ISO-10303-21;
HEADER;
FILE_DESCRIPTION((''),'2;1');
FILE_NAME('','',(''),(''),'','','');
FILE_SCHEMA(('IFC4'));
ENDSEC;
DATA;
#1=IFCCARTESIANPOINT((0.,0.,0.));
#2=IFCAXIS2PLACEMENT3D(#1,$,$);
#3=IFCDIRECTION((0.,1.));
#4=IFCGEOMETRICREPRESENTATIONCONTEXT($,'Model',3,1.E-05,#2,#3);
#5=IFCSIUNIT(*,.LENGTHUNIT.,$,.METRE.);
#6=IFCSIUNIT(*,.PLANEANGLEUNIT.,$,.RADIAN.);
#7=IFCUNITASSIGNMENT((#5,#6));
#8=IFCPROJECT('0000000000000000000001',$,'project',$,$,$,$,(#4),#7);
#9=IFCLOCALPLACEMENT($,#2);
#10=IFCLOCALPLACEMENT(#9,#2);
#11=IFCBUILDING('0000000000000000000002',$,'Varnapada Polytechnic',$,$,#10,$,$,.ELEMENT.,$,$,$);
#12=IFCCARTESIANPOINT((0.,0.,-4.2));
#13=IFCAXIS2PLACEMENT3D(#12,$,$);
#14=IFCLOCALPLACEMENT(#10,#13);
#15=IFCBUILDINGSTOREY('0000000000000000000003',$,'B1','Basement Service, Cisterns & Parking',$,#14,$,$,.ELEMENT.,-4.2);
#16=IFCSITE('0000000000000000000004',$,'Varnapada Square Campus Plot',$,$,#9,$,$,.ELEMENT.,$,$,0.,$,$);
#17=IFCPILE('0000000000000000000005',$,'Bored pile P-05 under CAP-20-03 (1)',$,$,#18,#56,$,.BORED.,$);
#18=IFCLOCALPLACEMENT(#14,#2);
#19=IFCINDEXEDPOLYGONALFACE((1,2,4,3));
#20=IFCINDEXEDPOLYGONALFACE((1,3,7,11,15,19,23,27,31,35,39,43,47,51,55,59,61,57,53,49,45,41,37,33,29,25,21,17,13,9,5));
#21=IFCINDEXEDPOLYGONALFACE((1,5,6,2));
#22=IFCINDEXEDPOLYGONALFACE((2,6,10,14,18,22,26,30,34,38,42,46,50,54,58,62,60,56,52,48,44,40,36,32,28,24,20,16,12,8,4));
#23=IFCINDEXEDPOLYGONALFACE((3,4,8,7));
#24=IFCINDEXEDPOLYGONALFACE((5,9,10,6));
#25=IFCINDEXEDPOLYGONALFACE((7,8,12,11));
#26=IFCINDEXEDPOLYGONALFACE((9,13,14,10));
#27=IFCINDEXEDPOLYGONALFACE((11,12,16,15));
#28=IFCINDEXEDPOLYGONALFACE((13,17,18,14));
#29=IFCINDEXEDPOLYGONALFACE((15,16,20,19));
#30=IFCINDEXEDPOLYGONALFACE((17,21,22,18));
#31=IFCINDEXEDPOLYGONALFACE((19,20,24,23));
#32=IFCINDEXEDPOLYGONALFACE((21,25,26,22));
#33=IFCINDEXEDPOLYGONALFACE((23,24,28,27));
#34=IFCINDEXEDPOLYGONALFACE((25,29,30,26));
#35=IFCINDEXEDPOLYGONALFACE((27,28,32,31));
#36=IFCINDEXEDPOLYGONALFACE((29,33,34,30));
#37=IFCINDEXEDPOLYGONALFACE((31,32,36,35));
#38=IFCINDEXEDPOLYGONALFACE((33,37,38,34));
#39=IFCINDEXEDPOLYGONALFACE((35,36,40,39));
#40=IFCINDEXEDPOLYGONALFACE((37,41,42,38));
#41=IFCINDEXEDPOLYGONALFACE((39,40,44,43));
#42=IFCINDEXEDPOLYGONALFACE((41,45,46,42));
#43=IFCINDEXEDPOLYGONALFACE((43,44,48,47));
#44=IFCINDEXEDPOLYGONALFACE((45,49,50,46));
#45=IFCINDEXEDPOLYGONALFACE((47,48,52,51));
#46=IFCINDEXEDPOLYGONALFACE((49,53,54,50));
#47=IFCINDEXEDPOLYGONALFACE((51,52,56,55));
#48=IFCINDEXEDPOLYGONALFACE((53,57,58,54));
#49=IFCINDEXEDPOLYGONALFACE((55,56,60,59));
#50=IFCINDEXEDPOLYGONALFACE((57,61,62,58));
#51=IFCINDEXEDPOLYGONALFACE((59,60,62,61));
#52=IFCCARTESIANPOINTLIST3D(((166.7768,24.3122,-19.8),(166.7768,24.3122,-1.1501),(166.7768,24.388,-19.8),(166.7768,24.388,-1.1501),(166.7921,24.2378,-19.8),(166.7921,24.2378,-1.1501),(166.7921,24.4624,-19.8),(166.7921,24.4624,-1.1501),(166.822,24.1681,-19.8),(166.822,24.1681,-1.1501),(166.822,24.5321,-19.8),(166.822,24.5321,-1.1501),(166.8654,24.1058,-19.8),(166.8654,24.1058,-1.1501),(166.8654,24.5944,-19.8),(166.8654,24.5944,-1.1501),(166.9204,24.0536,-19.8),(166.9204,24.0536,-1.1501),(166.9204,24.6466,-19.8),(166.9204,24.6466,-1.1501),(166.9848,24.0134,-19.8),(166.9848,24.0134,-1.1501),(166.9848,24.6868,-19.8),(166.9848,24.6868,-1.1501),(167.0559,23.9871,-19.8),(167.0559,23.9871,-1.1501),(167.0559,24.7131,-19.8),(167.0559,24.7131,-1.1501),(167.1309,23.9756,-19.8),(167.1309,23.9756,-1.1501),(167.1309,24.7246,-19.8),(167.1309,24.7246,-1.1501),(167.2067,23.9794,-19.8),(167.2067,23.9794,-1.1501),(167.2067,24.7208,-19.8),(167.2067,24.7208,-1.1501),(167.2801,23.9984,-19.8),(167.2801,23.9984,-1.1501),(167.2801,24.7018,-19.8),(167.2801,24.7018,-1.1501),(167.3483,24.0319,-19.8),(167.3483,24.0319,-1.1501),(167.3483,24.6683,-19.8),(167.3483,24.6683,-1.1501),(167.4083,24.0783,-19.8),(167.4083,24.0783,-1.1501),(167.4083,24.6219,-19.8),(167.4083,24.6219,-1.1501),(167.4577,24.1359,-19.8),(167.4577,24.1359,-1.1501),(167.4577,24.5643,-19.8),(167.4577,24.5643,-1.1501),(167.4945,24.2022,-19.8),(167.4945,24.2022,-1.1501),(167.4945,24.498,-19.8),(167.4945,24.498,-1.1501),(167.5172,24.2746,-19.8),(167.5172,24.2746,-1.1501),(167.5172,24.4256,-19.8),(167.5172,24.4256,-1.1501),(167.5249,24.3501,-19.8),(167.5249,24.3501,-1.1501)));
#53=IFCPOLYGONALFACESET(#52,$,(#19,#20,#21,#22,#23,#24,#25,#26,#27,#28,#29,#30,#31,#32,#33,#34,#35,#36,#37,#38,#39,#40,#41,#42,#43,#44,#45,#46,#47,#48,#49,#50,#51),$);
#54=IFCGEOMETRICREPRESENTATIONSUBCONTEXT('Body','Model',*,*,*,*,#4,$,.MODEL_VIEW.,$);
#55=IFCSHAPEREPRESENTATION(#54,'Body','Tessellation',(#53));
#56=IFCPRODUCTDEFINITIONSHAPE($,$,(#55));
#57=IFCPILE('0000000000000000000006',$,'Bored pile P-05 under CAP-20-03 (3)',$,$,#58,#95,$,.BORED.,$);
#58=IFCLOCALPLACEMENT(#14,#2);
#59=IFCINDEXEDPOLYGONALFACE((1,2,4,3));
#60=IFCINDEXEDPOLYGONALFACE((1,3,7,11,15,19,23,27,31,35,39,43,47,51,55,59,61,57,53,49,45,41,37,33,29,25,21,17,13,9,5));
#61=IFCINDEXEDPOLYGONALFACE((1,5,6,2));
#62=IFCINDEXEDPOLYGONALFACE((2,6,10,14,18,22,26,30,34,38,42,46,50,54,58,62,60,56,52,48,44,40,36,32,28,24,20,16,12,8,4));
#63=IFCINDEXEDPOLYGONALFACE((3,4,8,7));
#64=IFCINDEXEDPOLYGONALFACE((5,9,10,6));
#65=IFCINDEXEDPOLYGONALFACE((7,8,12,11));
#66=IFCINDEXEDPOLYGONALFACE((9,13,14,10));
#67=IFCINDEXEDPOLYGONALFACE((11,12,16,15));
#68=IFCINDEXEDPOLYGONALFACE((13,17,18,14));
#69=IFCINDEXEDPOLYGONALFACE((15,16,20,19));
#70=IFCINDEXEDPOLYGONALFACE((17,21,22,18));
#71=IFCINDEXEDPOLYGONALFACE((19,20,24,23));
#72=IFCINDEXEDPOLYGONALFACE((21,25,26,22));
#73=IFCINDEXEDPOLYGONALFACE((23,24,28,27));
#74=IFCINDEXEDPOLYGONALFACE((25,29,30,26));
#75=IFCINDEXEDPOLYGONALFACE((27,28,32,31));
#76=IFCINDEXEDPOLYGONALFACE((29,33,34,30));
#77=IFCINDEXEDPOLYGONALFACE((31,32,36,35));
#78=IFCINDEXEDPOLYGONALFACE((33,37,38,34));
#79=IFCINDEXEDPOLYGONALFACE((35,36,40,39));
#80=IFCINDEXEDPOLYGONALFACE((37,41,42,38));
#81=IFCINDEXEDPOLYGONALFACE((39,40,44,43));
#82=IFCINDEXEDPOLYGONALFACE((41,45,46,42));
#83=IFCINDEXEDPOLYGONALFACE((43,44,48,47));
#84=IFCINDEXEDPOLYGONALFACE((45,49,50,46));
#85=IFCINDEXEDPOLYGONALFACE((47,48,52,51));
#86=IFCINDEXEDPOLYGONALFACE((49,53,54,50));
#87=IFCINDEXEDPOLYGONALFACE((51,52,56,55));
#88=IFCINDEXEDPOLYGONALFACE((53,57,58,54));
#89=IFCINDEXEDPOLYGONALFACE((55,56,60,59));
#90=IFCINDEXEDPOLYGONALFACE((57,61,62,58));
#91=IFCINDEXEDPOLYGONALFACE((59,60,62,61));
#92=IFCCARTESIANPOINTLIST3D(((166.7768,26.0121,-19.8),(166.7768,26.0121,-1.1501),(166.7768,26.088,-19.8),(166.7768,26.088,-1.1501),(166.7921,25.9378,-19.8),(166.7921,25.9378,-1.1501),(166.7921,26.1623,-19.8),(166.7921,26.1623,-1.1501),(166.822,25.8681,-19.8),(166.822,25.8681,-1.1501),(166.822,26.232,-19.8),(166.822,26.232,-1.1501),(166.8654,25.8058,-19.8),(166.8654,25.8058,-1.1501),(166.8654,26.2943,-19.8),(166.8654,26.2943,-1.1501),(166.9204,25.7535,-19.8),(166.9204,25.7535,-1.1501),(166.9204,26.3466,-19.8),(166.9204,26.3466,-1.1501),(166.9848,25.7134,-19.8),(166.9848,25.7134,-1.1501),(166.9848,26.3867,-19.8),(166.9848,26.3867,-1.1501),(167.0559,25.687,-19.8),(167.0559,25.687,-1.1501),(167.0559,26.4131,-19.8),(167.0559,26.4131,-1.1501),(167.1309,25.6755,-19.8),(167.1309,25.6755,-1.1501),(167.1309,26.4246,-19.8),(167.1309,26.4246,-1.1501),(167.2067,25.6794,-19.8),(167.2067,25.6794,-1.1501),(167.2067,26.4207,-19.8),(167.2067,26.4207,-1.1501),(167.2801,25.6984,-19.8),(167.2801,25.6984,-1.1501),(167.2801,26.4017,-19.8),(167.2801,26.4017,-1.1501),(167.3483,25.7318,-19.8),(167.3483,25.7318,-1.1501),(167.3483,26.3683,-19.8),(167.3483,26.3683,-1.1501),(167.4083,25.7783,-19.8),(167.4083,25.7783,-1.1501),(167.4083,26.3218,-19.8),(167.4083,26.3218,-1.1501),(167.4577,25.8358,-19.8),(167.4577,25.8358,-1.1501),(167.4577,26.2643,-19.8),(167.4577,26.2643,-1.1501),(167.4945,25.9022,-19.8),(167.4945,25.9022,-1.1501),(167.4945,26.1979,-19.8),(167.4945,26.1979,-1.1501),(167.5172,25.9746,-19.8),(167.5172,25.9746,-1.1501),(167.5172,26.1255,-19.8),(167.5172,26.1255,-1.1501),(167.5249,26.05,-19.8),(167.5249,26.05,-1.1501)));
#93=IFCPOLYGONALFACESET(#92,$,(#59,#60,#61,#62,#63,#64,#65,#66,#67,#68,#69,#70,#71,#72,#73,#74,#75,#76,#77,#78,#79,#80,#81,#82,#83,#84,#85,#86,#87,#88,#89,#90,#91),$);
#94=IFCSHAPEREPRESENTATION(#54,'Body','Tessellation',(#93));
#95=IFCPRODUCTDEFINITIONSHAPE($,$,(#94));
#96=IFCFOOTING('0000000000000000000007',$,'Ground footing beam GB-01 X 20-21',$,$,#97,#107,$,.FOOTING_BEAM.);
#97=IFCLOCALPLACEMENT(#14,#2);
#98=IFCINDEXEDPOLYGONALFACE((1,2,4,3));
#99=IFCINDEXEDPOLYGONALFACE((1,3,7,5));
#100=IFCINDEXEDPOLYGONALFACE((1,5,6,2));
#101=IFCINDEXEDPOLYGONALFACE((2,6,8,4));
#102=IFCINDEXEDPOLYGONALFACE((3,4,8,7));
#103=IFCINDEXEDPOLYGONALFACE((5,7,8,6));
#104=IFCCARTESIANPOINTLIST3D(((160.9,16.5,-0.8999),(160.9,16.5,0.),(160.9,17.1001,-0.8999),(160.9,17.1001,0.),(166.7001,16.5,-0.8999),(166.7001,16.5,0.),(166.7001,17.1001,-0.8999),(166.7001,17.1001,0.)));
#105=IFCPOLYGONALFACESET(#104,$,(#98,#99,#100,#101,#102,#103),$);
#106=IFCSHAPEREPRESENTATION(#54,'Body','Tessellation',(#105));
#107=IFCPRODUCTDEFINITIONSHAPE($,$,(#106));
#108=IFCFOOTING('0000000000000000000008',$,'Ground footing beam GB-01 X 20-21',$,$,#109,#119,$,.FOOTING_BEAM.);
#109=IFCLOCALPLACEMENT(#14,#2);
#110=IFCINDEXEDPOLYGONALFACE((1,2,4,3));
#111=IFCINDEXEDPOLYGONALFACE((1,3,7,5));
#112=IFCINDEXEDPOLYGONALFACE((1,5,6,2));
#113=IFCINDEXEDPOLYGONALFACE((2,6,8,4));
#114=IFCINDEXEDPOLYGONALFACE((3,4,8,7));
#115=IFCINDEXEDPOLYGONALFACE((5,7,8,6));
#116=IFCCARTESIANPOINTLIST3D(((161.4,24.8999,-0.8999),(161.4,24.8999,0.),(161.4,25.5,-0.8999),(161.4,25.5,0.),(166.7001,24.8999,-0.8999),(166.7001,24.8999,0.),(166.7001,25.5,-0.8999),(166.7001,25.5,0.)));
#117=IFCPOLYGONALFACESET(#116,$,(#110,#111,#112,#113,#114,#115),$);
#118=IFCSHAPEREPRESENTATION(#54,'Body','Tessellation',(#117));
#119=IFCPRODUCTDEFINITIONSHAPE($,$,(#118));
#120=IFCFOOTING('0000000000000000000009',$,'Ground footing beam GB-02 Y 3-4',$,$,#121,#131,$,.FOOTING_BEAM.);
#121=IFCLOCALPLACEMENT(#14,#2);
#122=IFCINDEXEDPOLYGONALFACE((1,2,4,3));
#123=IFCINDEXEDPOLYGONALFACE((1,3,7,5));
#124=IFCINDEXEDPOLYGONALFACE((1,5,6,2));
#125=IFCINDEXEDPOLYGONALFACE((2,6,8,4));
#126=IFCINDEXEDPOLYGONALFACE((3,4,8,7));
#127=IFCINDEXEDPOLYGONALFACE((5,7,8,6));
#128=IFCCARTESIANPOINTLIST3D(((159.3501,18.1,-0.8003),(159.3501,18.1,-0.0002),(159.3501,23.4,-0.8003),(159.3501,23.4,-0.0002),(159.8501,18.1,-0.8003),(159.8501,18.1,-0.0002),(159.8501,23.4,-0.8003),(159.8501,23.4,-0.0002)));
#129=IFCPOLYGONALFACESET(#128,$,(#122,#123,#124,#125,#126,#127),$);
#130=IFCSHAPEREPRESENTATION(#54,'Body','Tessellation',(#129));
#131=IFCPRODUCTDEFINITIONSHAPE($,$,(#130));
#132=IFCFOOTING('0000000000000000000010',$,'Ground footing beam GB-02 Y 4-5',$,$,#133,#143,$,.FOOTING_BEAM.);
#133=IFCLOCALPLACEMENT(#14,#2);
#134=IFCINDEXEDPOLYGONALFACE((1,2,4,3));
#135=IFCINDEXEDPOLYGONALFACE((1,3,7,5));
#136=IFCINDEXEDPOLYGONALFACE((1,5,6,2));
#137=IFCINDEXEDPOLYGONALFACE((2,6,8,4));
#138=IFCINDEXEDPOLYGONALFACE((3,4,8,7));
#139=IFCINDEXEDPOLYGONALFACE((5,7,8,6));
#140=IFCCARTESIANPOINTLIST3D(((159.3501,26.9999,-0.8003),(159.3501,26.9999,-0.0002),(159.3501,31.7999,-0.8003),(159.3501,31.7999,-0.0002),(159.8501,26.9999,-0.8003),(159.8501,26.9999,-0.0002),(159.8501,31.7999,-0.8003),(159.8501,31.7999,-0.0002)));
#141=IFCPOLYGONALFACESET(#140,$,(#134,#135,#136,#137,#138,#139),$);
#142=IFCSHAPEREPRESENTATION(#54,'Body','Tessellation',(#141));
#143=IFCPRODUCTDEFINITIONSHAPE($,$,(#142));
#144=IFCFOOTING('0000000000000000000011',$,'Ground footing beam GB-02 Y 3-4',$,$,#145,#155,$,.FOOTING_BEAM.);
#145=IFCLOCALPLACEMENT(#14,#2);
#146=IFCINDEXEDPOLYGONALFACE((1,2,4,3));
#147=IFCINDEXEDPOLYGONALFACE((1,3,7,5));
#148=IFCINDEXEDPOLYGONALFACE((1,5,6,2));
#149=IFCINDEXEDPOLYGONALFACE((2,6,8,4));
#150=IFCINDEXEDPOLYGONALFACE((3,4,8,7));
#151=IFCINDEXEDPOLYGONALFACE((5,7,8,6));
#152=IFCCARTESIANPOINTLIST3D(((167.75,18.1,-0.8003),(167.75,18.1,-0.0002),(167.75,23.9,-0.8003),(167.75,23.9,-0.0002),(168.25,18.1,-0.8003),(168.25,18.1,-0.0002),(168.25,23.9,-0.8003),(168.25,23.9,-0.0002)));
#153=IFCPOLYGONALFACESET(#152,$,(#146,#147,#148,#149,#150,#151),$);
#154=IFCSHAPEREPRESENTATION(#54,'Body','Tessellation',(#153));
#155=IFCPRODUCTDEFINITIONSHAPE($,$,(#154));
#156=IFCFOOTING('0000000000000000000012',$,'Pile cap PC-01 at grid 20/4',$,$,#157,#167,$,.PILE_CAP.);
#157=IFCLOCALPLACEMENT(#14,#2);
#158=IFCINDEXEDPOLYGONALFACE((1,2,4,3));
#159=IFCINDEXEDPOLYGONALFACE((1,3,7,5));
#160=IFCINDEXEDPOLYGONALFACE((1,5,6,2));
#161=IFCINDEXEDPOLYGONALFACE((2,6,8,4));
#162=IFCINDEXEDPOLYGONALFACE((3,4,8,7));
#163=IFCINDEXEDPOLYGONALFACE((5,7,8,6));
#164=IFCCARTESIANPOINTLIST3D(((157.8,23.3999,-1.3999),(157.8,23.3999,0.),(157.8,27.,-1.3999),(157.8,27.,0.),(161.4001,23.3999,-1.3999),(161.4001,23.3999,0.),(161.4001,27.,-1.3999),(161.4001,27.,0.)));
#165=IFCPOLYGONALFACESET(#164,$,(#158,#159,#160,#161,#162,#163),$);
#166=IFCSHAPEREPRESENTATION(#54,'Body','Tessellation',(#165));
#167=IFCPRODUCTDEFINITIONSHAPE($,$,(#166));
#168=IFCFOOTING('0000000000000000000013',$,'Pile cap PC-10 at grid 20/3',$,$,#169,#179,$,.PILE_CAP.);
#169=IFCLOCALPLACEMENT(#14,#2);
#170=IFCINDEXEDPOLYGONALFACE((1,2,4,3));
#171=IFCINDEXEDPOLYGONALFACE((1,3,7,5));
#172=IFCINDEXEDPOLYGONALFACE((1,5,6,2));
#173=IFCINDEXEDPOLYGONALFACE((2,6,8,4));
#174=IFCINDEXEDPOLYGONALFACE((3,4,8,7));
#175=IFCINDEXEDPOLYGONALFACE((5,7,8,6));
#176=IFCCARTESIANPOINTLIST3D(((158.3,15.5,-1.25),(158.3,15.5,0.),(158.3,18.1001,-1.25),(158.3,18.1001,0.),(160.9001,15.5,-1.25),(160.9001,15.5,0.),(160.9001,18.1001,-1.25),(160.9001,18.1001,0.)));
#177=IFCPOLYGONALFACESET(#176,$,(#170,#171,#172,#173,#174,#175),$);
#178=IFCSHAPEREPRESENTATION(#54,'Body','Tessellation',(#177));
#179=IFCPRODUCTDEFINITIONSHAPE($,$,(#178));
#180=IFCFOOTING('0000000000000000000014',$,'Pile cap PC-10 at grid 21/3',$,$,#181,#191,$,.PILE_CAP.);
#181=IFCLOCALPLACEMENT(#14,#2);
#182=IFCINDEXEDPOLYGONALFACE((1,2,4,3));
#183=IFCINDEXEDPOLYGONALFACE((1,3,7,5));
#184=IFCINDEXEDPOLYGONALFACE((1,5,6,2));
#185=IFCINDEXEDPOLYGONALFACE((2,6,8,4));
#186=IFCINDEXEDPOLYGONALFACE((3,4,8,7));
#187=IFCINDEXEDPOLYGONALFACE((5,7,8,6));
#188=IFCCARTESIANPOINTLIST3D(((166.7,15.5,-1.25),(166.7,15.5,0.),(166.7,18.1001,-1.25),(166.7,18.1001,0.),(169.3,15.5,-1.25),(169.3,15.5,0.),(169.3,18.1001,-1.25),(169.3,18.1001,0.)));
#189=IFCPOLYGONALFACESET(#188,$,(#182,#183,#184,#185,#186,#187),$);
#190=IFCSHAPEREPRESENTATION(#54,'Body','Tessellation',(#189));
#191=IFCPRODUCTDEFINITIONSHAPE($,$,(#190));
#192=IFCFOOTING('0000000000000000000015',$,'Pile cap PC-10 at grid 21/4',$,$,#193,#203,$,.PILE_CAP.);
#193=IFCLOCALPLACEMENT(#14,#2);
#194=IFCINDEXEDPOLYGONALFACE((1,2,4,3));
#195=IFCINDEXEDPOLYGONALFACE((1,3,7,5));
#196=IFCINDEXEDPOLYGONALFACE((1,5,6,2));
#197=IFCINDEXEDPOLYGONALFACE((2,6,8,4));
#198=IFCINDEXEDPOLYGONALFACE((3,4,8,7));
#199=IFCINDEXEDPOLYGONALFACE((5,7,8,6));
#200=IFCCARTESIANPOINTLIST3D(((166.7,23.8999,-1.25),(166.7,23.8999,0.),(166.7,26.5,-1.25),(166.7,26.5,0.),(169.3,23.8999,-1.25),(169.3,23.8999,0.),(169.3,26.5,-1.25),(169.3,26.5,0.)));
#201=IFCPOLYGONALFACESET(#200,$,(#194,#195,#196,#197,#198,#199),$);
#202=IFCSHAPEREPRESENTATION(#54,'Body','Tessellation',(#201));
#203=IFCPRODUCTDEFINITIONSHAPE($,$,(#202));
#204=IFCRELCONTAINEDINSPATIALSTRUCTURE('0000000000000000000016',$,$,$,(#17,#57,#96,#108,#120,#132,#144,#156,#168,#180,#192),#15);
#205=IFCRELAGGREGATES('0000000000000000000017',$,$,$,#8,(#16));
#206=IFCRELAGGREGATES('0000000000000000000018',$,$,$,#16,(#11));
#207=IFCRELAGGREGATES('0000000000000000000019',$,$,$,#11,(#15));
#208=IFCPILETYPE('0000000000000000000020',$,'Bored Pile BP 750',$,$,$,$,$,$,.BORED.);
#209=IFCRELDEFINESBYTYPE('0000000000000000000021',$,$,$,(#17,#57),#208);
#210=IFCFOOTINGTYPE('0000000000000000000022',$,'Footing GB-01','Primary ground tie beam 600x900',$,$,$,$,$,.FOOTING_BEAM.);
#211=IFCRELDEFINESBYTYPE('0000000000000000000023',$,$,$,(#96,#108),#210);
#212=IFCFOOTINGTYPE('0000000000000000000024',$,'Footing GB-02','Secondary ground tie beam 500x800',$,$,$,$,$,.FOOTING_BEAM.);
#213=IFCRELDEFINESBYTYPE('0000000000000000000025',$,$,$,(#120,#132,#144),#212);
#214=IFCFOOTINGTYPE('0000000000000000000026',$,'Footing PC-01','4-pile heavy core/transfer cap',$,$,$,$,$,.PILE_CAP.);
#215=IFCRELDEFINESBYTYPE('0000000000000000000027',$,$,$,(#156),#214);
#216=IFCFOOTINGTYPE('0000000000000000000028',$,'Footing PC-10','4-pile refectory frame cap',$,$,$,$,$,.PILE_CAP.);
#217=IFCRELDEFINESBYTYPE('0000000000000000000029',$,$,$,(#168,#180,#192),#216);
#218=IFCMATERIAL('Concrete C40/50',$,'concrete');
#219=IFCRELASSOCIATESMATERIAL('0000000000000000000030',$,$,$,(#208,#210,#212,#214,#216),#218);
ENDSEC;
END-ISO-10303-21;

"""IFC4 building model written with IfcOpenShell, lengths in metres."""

from ifc_helpers import new_model, si_unit, direction, frame, origin, origin_2d, place, context, subcontext, project, spatial, rectangle, circle, extrude, material, material_profile, profile_set, type_object, element, save


model = new_model("IFC4")

# Units and contexts
model_context = context("Model", 3, precision=1e-05, world=origin(), true_north=direction((0.0, 1.0)))
body_context = subcontext(model_context, "Body", "Model", "MODEL_VIEW")
ifc_project = project(units=[si_unit("LENGTHUNIT", "METRE"), si_unit("PLANEANGLEUNIT", "RADIAN")], contexts=[model_context])

# Site, building, storey
site_placement = place(None, origin())
site = spatial("IfcSite", under=ifc_project, at=site_placement, Name="Varnapada Square Campus Plot", CompositionType="ELEMENT", RefElevation=0.0)
building_placement = place(site_placement, origin())
building = spatial("IfcBuilding", under=site, at=building_placement, Name="Varnapada Polytechnic", CompositionType="ELEMENT")
storey_placement = place(building_placement, frame((0.0, 0.0, -4.2)))
storey = spatial("IfcBuildingStorey", under=building, at=storey_placement, Name="B1", Description="Basement Service, Cisterns & Parking", CompositionType="ELEMENT", Elevation=-4.2)

# Piles
ifc_material_1 = material(Name="Concrete C40/50", Category="concrete")
ifc_material_profile_1 = material_profile(ifc_material_1, circle(Radius=0.375, at=origin_2d()), Name="BP 750")
ifc_profile_set_1 = profile_set([ifc_material_profile_1], Name="Concrete C40/50")
pile_type_1 = type_object("IfcPileType", Name="Bored Pile BP 750", PredefinedType="BORED", material=ifc_profile_set_1)
for number, where, z_axis, x_axis, name in (
    (1, (167.1499, 24.3501, -1.1501), (0.0, 0.0, -1.0), (1.0, 0.0, 0.0), "Bored pile P-05 under CAP-20-03 (1)"),
    (2, (167.1499, 26.05, -1.1501), (0.0, 0.0, -1.0), (1.0, 0.0, 0.0), "Bored pile P-05 under CAP-20-03 (3)"),
):
    element("IfcPile", number, at=place(storey_placement, frame(where, z_axis=z_axis, x_axis=x_axis)), inside=storey, type_object=pile_type_1, Name=name, PredefinedType="BORED", context=body_context, shape_type="SweptSolid", body=[
        extrude(circle(Radius=0.375, at=origin_2d()), origin(), (0.0, 0.0, 1.0), 18.6499),
    ])

# Footings
footing_type_1 = type_object("IfcFootingType", Name="Footing GB-01", Description="Primary ground tie beam 600x900", PredefinedType="FOOTING_BEAM", material=ifc_material_1)
footing_1_placement = place(storey_placement, frame((163.8, 16.8, -0.8999), z_axis=(0.0, 0.0, 1.0), x_axis=(1.0, 0.0, 0.0)))
element("IfcFooting", 3, at=footing_1_placement, inside=storey, type_object=footing_type_1, Name="Ground footing beam GB-01 X 20-21", PredefinedType="FOOTING_BEAM", context=body_context, shape_type="SweptSolid", body=[
    extrude(rectangle(XDim=5.8, YDim=0.6001, at=origin_2d()), origin(), (0.0, 0.0, 1.0), 0.8999),
])
footing_2_placement = place(storey_placement, frame((164.05, 25.2, -0.8999), z_axis=(0.0, 0.0, 1.0), x_axis=(1.0, 0.0, 0.0)))
element("IfcFooting", 4, at=footing_2_placement, inside=storey, type_object=footing_type_1, Name="Ground footing beam GB-01 X 20-21", PredefinedType="FOOTING_BEAM", context=body_context, shape_type="SweptSolid", body=[
    extrude(rectangle(XDim=5.3, YDim=0.6001, at=origin_2d()), origin(), (0.0, 0.0, 1.0), 0.8999),
])
footing_type_2 = type_object("IfcFootingType", Name="Footing GB-02", Description="Secondary ground tie beam 500x800", PredefinedType="FOOTING_BEAM", material=ifc_material_1)
footing_3_placement = place(storey_placement, frame((159.6001, 20.75, -0.8003), z_axis=(0.0, 0.0, 1.0), x_axis=(0.0, 1.0, 0.0)))
element("IfcFooting", 5, at=footing_3_placement, inside=storey, type_object=footing_type_2, Name="Ground footing beam GB-02 Y 3-4", PredefinedType="FOOTING_BEAM", context=body_context, shape_type="SweptSolid", body=[
    extrude(rectangle(XDim=5.3, YDim=0.5, at=origin_2d()), origin(), (0.0, 0.0, 1.0), 0.8),
])
footing_4_placement = place(storey_placement, frame((159.6001, 29.3999, -0.8003), z_axis=(0.0, 0.0, 1.0), x_axis=(0.0, 1.0, 0.0)))
element("IfcFooting", 6, at=footing_4_placement, inside=storey, type_object=footing_type_2, Name="Ground footing beam GB-02 Y 4-5", PredefinedType="FOOTING_BEAM", context=body_context, shape_type="SweptSolid", body=[
    extrude(rectangle(XDim=4.8, YDim=0.5, at=origin_2d()), origin(), (0.0, 0.0, 1.0), 0.8),
])
footing_5_placement = place(storey_placement, frame((168.0, 21.0, -0.8003), z_axis=(0.0, 0.0, 1.0), x_axis=(0.0, 1.0, 0.0)))
element("IfcFooting", 7, at=footing_5_placement, inside=storey, type_object=footing_type_2, Name="Ground footing beam GB-02 Y 3-4", PredefinedType="FOOTING_BEAM", context=body_context, shape_type="SweptSolid", body=[
    extrude(rectangle(XDim=5.8, YDim=0.5, at=origin_2d()), origin(), (0.0, 0.0, 1.0), 0.8),
])
footing_type_3 = type_object("IfcFootingType", Name="Footing PC-01", Description="4-pile heavy core/transfer cap", PredefinedType="PILE_CAP", material=ifc_material_1)
footing_6_placement = place(storey_placement, frame((159.6001, 25.2, -1.3999), z_axis=(0.0, 0.0, 1.0), x_axis=(1.0, 0.0, 0.0)))
element("IfcFooting", 8, at=footing_6_placement, inside=storey, type_object=footing_type_3, Name="Pile cap PC-01 at grid 20/4", PredefinedType="PILE_CAP", context=body_context, shape_type="SweptSolid", body=[
    extrude(rectangle(XDim=3.6001, YDim=3.6001, at=origin_2d()), origin(), (0.0, 0.0, 1.0), 1.3999),
])
footing_type_4 = type_object("IfcFootingType", Name="Footing PC-10", Description="4-pile refectory frame cap", PredefinedType="PILE_CAP", material=ifc_material_1)
for number, where, z_axis, x_axis, name in (
    (9, (159.6001, 16.8, -1.25), (0.0, 0.0, 1.0), (1.0, 0.0, 0.0), "Pile cap PC-10 at grid 20/3"),
    (10, (168.0, 16.8, -1.25), (0.0, 0.0, 1.0), (1.0, 0.0, 0.0), "Pile cap PC-10 at grid 21/3"),
    (11, (168.0, 25.2, -1.25), (0.0, 0.0, 1.0), (1.0, 0.0, 0.0), "Pile cap PC-10 at grid 21/4"),
):
    element("IfcFooting", number, at=place(storey_placement, frame(where, z_axis=z_axis, x_axis=x_axis)), inside=storey, type_object=footing_type_4, Name=name, PredefinedType="PILE_CAP", context=body_context, shape_type="SweptSolid", body=[
        extrude(rectangle(XDim=2.6001, YDim=2.6001, at=origin_2d()), origin(), (0.0, 0.0, 1.0), 1.25),
    ])

save(model, "model.ifc")
